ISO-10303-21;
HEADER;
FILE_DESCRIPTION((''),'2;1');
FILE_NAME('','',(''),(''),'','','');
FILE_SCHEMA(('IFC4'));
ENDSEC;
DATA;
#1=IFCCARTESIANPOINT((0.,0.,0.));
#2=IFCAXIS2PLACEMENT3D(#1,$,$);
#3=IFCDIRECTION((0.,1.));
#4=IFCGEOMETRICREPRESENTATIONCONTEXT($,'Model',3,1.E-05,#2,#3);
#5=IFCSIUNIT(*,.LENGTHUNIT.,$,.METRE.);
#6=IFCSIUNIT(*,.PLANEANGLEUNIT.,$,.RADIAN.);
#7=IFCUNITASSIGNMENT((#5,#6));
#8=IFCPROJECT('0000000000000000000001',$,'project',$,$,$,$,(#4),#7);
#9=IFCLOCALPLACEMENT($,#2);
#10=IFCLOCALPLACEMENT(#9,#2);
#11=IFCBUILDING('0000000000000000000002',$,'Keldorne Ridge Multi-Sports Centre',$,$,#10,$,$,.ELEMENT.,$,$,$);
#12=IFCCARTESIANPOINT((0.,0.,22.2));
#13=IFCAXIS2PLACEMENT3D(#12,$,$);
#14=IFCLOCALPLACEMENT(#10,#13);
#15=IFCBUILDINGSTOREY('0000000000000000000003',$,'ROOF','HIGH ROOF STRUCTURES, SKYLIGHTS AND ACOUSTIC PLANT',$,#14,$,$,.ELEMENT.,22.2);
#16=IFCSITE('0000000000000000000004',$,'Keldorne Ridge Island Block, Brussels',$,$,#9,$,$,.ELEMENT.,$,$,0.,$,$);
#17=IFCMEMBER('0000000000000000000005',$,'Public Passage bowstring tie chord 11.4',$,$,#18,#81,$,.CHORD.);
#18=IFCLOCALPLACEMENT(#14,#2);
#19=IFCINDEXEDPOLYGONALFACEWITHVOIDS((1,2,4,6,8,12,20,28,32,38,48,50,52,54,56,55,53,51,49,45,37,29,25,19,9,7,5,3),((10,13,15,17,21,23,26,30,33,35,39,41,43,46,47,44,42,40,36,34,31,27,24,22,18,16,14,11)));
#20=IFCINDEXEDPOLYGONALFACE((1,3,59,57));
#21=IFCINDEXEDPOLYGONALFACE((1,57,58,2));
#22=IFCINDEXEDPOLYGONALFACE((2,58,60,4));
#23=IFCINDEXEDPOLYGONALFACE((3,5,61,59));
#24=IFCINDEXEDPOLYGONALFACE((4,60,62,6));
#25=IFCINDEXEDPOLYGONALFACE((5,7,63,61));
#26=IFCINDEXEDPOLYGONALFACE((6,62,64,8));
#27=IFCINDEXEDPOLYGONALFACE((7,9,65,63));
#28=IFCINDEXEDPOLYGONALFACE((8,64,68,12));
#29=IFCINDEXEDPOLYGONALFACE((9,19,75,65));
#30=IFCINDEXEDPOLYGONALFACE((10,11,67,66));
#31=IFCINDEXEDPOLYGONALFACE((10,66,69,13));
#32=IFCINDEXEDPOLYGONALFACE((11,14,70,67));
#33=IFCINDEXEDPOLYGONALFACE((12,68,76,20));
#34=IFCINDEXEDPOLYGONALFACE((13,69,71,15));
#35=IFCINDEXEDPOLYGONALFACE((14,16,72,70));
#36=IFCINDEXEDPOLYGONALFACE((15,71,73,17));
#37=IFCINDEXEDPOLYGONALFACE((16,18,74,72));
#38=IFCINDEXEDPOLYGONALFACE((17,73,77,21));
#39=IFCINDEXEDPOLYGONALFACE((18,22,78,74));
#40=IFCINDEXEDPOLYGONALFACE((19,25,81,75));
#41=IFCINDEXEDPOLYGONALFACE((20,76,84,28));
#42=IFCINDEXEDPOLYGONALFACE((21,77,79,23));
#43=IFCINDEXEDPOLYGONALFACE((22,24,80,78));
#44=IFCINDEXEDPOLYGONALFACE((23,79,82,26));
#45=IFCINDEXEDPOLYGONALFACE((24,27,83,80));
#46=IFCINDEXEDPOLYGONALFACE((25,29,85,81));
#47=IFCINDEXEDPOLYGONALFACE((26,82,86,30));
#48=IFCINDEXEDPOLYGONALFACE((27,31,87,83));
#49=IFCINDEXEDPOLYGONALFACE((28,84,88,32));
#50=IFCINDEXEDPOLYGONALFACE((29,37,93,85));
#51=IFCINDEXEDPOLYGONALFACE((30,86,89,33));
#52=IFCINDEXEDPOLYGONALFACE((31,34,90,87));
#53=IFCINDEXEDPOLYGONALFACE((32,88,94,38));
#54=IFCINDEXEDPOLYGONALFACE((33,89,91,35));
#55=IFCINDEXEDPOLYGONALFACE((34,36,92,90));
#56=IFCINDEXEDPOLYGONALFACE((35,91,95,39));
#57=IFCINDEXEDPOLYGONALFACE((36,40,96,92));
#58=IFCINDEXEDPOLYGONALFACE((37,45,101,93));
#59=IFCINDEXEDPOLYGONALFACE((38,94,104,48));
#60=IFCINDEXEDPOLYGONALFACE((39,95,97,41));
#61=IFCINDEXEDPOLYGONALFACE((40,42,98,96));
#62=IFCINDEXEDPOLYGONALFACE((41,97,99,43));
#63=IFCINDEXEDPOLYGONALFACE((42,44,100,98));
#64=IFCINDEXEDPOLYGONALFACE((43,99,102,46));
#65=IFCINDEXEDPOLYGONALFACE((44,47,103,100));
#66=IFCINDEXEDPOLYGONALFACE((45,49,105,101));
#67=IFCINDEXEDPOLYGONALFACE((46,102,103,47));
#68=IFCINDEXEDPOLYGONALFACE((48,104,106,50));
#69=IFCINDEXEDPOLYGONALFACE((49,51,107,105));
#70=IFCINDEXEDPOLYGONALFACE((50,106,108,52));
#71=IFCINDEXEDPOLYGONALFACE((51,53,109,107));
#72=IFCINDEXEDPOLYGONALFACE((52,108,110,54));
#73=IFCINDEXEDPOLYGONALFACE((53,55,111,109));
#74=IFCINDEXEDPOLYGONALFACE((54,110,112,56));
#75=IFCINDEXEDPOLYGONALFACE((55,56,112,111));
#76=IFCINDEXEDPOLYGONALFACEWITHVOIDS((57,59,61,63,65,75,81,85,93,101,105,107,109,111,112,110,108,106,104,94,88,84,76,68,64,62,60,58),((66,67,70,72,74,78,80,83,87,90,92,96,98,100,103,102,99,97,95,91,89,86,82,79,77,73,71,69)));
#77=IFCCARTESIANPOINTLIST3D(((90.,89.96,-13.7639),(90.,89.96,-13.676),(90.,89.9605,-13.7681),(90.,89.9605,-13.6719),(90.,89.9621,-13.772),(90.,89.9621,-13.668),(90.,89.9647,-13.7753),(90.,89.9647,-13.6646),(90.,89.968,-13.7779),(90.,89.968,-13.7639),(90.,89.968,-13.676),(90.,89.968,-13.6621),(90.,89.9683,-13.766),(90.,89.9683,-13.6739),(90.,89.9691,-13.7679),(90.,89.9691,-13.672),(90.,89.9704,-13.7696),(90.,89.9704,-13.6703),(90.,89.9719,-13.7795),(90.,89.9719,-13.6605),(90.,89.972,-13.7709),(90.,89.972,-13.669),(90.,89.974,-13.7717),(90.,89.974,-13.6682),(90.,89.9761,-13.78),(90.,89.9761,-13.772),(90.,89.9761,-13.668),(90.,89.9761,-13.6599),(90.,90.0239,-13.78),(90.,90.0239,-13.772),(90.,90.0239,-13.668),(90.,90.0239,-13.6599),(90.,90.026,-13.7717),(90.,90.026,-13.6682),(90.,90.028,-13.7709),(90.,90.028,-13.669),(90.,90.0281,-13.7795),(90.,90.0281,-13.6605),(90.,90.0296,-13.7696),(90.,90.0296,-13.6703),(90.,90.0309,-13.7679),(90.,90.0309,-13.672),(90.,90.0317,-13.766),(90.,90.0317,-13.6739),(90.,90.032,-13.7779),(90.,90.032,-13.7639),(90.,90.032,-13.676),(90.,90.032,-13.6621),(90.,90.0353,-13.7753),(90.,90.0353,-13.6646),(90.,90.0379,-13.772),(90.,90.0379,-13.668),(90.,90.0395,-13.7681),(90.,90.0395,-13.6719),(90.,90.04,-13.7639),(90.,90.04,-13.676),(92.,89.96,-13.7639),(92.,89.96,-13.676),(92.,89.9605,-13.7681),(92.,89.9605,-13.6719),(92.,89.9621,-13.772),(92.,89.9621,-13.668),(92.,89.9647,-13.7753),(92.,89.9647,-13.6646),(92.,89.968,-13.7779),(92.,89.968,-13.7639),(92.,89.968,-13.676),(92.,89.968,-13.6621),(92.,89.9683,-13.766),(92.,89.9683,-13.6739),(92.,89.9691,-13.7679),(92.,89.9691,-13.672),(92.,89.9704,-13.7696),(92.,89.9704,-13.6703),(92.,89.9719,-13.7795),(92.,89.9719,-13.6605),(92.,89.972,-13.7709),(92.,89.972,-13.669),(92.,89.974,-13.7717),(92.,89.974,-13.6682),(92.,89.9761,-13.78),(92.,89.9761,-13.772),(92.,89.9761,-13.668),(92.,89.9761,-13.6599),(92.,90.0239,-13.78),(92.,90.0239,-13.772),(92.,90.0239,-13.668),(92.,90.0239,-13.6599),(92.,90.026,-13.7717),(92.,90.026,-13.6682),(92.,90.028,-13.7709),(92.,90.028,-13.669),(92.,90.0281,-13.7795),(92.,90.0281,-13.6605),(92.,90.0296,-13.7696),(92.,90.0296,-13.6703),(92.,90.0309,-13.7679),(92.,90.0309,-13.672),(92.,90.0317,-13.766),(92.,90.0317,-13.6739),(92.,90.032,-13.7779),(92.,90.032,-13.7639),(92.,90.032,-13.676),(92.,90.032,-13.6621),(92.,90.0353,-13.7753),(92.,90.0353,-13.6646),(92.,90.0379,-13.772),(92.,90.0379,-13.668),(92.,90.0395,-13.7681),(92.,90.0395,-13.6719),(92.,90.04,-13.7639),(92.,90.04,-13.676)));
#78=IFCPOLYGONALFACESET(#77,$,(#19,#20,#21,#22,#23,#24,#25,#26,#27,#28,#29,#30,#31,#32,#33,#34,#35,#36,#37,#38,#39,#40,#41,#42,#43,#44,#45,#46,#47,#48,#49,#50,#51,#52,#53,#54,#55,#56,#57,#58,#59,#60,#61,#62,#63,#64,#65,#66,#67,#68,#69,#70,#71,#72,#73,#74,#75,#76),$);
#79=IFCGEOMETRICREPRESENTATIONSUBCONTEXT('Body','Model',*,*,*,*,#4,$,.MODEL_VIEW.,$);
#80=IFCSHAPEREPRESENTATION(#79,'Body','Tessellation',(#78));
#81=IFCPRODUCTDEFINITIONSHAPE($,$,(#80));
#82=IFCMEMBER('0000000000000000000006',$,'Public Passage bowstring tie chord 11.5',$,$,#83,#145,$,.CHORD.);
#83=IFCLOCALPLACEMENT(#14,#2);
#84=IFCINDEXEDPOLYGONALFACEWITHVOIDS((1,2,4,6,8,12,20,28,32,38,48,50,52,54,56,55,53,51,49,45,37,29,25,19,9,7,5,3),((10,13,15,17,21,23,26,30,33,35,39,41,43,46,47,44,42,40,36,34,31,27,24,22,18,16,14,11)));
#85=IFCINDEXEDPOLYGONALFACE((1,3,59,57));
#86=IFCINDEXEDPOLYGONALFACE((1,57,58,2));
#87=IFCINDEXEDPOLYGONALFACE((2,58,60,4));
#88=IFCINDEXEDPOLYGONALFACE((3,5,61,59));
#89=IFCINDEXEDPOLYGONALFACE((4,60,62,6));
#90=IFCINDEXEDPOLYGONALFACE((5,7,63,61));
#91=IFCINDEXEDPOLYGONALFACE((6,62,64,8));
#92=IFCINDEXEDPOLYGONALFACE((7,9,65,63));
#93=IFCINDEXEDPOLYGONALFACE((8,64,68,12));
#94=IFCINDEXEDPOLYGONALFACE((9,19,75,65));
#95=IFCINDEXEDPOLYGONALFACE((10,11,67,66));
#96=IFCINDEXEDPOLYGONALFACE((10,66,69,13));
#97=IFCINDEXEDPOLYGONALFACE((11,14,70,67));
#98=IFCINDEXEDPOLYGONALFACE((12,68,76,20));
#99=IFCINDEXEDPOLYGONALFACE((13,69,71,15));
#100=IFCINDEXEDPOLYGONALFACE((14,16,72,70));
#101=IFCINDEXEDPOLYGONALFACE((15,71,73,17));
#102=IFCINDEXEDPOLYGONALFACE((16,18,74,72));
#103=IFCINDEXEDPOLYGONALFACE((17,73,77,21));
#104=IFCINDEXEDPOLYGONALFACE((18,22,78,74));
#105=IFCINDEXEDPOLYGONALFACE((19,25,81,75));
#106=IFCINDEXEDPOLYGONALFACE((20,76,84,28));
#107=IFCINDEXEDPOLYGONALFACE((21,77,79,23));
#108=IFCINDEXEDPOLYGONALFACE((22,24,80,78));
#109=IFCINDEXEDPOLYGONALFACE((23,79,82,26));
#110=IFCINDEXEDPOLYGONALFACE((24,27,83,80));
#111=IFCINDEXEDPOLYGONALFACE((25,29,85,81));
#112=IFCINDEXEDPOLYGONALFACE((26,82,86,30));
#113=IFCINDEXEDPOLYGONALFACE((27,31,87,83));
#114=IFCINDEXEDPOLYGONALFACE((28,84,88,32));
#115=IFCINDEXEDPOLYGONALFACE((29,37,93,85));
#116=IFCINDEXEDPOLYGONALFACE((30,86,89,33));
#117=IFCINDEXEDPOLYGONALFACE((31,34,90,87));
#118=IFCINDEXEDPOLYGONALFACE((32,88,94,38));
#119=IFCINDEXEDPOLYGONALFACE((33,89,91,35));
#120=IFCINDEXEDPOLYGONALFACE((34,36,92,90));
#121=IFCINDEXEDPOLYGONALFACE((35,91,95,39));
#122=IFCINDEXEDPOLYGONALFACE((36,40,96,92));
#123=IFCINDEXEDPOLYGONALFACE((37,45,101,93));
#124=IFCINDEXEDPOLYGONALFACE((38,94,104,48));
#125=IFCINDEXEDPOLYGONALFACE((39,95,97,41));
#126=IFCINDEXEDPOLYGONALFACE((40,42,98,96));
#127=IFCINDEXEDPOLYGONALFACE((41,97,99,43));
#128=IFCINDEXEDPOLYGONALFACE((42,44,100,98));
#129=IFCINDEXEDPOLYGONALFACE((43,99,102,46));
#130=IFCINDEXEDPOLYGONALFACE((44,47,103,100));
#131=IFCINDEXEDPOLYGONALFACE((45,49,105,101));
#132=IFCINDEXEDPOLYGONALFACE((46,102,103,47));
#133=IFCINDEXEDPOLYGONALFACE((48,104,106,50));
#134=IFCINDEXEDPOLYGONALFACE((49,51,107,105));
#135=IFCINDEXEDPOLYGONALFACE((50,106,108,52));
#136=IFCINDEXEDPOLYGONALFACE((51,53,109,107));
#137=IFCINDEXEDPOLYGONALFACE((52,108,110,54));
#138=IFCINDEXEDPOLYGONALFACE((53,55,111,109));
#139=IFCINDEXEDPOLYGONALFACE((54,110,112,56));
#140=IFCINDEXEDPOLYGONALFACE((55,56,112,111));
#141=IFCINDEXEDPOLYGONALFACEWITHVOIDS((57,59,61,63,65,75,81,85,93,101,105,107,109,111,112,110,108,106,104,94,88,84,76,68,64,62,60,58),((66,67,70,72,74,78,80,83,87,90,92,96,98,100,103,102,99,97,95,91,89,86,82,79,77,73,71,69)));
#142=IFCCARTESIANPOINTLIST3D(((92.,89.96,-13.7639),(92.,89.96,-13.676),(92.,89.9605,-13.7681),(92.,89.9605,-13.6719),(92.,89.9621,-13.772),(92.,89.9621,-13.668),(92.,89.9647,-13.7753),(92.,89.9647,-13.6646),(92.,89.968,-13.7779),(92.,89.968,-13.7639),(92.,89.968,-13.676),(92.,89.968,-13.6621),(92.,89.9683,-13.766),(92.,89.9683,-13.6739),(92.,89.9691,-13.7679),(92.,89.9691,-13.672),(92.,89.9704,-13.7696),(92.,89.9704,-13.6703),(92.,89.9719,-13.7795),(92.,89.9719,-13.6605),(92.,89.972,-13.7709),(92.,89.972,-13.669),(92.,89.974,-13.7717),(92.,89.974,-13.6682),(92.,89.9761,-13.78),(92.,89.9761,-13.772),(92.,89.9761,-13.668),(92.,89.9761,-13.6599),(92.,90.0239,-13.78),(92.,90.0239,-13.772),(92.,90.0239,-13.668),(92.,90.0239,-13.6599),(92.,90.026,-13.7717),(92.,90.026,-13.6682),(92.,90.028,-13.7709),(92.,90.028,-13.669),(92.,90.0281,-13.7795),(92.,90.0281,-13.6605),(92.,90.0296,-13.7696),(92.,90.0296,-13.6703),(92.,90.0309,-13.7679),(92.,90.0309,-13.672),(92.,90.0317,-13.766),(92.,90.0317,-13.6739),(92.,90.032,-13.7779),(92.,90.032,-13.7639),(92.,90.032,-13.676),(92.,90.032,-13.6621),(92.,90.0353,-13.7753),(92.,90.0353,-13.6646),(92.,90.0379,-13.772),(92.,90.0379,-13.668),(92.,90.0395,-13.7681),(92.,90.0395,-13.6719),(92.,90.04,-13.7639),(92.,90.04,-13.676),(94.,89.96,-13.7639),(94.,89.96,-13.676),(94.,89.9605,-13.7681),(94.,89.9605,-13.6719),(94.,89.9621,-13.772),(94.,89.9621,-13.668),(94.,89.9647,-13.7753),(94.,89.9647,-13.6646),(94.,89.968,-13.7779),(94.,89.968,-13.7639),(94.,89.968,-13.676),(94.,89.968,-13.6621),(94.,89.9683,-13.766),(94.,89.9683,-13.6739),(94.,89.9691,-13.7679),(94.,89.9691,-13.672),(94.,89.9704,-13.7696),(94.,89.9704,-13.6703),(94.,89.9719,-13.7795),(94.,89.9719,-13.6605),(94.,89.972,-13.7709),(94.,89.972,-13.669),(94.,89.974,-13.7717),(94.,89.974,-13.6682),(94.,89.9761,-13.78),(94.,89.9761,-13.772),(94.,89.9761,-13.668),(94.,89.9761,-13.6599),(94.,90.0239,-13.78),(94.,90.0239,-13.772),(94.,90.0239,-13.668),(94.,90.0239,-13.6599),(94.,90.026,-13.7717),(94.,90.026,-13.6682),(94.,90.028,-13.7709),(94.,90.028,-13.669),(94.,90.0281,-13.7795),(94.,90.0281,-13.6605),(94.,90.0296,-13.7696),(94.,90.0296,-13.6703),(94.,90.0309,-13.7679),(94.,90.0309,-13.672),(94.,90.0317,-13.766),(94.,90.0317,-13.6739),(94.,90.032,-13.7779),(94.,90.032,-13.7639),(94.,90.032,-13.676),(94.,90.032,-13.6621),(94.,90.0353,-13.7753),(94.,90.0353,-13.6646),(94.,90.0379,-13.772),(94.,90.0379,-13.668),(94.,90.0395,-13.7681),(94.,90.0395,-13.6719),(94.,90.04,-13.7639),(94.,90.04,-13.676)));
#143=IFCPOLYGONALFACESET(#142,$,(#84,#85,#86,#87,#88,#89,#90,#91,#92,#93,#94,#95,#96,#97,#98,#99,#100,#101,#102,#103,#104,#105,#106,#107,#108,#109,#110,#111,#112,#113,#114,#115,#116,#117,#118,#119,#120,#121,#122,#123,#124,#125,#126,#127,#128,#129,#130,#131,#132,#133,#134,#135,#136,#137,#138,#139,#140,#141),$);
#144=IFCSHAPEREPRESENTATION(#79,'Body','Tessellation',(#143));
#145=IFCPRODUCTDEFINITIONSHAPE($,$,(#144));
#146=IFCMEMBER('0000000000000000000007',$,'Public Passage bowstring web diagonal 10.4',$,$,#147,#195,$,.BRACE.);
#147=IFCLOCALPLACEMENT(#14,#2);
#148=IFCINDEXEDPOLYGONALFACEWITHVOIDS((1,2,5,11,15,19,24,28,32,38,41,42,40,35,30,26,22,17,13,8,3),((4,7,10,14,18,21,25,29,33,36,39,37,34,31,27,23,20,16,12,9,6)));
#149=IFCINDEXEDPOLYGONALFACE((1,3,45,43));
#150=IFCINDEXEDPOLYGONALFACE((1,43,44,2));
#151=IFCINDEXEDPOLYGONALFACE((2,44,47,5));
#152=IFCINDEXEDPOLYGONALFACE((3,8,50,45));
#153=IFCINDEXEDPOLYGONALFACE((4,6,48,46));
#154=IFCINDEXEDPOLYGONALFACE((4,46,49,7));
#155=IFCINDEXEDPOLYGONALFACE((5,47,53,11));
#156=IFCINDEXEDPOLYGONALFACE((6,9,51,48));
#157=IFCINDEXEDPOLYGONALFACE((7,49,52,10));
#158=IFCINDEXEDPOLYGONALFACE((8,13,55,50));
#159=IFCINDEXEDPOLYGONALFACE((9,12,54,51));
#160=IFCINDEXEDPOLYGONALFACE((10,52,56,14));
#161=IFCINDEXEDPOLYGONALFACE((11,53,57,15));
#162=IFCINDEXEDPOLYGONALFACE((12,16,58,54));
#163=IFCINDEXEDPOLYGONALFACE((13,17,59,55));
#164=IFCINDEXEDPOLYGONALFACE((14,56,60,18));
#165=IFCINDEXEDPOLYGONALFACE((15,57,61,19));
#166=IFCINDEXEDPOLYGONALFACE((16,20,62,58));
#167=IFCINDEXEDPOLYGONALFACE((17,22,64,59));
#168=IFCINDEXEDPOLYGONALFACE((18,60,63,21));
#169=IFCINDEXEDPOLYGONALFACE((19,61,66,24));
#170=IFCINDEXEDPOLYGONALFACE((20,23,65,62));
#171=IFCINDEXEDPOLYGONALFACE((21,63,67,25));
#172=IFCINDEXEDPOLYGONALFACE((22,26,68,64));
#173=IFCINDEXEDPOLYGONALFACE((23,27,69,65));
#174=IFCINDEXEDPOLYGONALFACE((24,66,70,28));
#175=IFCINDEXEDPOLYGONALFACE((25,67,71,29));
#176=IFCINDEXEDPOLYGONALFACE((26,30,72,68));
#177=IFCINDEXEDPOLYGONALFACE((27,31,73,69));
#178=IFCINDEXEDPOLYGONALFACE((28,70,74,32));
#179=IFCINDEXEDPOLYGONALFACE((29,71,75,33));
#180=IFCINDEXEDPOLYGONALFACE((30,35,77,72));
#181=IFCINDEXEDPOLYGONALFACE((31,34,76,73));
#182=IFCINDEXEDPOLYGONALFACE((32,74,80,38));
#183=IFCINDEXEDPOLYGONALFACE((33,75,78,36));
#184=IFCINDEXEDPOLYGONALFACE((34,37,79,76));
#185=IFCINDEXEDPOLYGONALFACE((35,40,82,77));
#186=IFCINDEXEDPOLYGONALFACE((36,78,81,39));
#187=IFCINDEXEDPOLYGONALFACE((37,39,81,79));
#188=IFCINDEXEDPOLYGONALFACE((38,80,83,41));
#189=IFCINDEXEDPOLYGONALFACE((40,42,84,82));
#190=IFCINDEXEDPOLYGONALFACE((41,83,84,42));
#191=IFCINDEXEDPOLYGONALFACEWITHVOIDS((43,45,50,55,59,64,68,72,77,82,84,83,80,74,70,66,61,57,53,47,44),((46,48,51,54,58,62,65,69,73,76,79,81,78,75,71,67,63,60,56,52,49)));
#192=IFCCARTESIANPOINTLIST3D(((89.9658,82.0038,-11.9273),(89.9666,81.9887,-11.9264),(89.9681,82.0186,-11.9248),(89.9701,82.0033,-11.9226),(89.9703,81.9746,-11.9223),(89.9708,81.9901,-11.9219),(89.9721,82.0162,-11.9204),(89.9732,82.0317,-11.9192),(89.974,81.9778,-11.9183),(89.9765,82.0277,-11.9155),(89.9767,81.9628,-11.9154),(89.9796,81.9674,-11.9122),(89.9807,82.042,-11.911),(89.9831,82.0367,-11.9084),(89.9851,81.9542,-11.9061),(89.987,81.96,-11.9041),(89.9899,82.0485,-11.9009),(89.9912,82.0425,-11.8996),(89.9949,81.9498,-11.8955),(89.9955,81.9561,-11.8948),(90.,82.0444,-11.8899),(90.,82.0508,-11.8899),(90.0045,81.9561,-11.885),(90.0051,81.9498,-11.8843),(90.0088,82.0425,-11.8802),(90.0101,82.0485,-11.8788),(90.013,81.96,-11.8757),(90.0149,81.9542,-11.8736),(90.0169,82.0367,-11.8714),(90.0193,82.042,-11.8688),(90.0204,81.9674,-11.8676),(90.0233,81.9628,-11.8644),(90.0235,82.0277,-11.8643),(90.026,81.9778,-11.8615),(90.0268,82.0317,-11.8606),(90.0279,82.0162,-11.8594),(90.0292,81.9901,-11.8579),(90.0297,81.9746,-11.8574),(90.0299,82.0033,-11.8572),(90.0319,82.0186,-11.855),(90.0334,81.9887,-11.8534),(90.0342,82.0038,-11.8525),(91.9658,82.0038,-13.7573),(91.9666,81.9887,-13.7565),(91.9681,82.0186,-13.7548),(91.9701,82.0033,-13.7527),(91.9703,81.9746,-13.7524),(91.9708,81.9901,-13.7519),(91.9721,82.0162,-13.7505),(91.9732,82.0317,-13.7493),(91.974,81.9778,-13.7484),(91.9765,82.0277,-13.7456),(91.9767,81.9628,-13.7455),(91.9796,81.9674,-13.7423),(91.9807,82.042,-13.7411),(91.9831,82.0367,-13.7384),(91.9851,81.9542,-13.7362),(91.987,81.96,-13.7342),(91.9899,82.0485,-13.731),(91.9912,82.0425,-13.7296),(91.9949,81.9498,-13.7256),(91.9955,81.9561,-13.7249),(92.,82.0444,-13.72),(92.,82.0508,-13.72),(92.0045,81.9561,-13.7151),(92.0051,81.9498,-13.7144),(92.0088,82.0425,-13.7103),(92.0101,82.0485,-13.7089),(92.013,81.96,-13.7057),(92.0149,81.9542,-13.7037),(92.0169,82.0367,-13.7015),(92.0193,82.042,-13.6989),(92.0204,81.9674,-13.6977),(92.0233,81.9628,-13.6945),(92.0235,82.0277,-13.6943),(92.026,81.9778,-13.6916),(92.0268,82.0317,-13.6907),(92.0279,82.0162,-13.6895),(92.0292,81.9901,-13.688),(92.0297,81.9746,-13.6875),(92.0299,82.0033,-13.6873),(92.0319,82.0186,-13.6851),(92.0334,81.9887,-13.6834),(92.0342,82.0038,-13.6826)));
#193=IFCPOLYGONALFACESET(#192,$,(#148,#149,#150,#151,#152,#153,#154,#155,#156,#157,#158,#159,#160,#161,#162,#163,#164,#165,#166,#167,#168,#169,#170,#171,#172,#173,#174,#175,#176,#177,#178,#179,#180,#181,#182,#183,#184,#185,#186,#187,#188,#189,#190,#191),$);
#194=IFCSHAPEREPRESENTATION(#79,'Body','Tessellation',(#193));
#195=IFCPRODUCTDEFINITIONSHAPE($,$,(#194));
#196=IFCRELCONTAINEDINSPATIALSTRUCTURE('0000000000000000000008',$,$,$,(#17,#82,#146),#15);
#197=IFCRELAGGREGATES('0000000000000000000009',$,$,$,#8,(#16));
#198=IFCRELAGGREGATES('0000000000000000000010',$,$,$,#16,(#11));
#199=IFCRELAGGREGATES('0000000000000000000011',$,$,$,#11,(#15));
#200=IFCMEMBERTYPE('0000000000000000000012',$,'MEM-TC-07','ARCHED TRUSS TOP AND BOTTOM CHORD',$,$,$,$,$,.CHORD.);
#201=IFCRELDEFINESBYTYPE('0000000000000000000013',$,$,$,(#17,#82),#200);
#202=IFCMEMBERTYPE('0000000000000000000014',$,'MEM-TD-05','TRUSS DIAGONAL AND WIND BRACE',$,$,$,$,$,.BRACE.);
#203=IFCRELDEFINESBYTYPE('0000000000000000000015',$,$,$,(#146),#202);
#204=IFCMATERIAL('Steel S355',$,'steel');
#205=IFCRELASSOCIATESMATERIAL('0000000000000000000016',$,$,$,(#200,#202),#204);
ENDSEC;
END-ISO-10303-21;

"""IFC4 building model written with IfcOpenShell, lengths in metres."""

from ifc_helpers import new_model, si_unit, direction, frame, origin, origin_2d, place, context, subcontext, project, spatial, hollow_rectangle, hollow_circle, extrude, material, material_profile, profile_set, type_object, element, save


model = new_model("IFC4")

# Units and contexts
model_context = context("Model", 3, precision=1e-05, world=origin(), true_north=direction((0.0, 1.0)))
body_context = subcontext(model_context, "Body", "Model", "MODEL_VIEW")
ifc_project = project(units=[si_unit("LENGTHUNIT", "METRE"), si_unit("PLANEANGLEUNIT", "RADIAN")], contexts=[model_context])

# Site, building, storey
site_placement = place(None, origin())
site = spatial("IfcSite", under=ifc_project, at=site_placement, Name="Keldorne Ridge Island Block, Brussels", CompositionType="ELEMENT", RefElevation=0.0)
building_placement = place(site_placement, origin())
building = spatial("IfcBuilding", under=site, at=building_placement, Name="Keldorne Ridge Multi-Sports Centre", CompositionType="ELEMENT")
storey_placement = place(building_placement, frame((0.0, 0.0, 22.2)))
storey = spatial("IfcBuildingStorey", under=building, at=storey_placement, Name="ROOF", Description="HIGH ROOF STRUCTURES, SKYLIGHTS AND ACOUSTIC PLANT", CompositionType="ELEMENT", Elevation=22.2)

# Members
ifc_material = material(Name="Steel S355", Category="steel")
ifc_material_profile_1 = material_profile(ifc_material, hollow_rectangle(XDim=0.0801, YDim=0.1201, WallThickness=0.0081, InnerFilletRadius=0.0081, OuterFilletRadius=0.0161, at=origin_2d()), Name="RHS 120x80x8")
ifc_profile_set_1 = profile_set([ifc_material_profile_1], Name="Steel S355")
member_type_1 = type_object("IfcMemberType", Name="MEM-TC-07", Description="ARCHED TRUSS TOP AND BOTTOM CHORD", PredefinedType="CHORD", material=ifc_profile_set_1)
for number, where, z_axis, x_axis, name in (
    (1, (90.0, 90.0, -13.72), (1.0, 0.0, 0.0), (0.0, 1.0, 0.0), "Public Passage bowstring tie chord 11.4"),
    (2, (92.0, 90.0, -13.72), (1.0, 0.0, 0.0), (0.0, 1.0, 0.0), "Public Passage bowstring tie chord 11.5"),
):
    element("IfcMember", number, at=place(storey_placement, frame(where, z_axis=z_axis, x_axis=x_axis)), inside=storey, type_object=member_type_1, Name=name, PredefinedType="CHORD", context=body_context, shape_type="SweptSolid", body=[
        extrude(hollow_rectangle(XDim=0.0801, YDim=0.1201, WallThickness=0.0081, InnerFilletRadius=0.0081, OuterFilletRadius=0.0161, at=origin_2d()), origin(), (0.0, 0.0, 1.0), 2.0),
    ])
ifc_material_profile_2 = material_profile(ifc_material, hollow_circle(Radius=0.0508, WallThickness=0.0063, at=origin_2d()), Name="CHS 101.6x6.3")
ifc_profile_set_2 = profile_set([ifc_material_profile_2], Name="Steel S355")
member_type_2 = type_object("IfcMemberType", Name="MEM-TD-05", Description="TRUSS DIAGONAL AND WIND BRACE", PredefinedType="BRACE", material=ifc_profile_set_2)
member_1_placement = place(storey_placement, frame((90.0, 82.0, -11.8899), z_axis=(0.737752, 0.0, -0.675072), x_axis=(0.0, 1.0, 0.0)))
element("IfcMember", 3, at=member_1_placement, inside=storey, type_object=member_type_2, Name="Public Passage bowstring web diagonal 10.4", PredefinedType="BRACE", context=body_context, shape_type="SweptSolid", body=[
    extrude(hollow_circle(Radius=0.0508, WallThickness=0.0063, at=origin_2d()), origin(), (0.0, 0.0, 1.0), 2.7109),
])

save(model, "model.ifc")
